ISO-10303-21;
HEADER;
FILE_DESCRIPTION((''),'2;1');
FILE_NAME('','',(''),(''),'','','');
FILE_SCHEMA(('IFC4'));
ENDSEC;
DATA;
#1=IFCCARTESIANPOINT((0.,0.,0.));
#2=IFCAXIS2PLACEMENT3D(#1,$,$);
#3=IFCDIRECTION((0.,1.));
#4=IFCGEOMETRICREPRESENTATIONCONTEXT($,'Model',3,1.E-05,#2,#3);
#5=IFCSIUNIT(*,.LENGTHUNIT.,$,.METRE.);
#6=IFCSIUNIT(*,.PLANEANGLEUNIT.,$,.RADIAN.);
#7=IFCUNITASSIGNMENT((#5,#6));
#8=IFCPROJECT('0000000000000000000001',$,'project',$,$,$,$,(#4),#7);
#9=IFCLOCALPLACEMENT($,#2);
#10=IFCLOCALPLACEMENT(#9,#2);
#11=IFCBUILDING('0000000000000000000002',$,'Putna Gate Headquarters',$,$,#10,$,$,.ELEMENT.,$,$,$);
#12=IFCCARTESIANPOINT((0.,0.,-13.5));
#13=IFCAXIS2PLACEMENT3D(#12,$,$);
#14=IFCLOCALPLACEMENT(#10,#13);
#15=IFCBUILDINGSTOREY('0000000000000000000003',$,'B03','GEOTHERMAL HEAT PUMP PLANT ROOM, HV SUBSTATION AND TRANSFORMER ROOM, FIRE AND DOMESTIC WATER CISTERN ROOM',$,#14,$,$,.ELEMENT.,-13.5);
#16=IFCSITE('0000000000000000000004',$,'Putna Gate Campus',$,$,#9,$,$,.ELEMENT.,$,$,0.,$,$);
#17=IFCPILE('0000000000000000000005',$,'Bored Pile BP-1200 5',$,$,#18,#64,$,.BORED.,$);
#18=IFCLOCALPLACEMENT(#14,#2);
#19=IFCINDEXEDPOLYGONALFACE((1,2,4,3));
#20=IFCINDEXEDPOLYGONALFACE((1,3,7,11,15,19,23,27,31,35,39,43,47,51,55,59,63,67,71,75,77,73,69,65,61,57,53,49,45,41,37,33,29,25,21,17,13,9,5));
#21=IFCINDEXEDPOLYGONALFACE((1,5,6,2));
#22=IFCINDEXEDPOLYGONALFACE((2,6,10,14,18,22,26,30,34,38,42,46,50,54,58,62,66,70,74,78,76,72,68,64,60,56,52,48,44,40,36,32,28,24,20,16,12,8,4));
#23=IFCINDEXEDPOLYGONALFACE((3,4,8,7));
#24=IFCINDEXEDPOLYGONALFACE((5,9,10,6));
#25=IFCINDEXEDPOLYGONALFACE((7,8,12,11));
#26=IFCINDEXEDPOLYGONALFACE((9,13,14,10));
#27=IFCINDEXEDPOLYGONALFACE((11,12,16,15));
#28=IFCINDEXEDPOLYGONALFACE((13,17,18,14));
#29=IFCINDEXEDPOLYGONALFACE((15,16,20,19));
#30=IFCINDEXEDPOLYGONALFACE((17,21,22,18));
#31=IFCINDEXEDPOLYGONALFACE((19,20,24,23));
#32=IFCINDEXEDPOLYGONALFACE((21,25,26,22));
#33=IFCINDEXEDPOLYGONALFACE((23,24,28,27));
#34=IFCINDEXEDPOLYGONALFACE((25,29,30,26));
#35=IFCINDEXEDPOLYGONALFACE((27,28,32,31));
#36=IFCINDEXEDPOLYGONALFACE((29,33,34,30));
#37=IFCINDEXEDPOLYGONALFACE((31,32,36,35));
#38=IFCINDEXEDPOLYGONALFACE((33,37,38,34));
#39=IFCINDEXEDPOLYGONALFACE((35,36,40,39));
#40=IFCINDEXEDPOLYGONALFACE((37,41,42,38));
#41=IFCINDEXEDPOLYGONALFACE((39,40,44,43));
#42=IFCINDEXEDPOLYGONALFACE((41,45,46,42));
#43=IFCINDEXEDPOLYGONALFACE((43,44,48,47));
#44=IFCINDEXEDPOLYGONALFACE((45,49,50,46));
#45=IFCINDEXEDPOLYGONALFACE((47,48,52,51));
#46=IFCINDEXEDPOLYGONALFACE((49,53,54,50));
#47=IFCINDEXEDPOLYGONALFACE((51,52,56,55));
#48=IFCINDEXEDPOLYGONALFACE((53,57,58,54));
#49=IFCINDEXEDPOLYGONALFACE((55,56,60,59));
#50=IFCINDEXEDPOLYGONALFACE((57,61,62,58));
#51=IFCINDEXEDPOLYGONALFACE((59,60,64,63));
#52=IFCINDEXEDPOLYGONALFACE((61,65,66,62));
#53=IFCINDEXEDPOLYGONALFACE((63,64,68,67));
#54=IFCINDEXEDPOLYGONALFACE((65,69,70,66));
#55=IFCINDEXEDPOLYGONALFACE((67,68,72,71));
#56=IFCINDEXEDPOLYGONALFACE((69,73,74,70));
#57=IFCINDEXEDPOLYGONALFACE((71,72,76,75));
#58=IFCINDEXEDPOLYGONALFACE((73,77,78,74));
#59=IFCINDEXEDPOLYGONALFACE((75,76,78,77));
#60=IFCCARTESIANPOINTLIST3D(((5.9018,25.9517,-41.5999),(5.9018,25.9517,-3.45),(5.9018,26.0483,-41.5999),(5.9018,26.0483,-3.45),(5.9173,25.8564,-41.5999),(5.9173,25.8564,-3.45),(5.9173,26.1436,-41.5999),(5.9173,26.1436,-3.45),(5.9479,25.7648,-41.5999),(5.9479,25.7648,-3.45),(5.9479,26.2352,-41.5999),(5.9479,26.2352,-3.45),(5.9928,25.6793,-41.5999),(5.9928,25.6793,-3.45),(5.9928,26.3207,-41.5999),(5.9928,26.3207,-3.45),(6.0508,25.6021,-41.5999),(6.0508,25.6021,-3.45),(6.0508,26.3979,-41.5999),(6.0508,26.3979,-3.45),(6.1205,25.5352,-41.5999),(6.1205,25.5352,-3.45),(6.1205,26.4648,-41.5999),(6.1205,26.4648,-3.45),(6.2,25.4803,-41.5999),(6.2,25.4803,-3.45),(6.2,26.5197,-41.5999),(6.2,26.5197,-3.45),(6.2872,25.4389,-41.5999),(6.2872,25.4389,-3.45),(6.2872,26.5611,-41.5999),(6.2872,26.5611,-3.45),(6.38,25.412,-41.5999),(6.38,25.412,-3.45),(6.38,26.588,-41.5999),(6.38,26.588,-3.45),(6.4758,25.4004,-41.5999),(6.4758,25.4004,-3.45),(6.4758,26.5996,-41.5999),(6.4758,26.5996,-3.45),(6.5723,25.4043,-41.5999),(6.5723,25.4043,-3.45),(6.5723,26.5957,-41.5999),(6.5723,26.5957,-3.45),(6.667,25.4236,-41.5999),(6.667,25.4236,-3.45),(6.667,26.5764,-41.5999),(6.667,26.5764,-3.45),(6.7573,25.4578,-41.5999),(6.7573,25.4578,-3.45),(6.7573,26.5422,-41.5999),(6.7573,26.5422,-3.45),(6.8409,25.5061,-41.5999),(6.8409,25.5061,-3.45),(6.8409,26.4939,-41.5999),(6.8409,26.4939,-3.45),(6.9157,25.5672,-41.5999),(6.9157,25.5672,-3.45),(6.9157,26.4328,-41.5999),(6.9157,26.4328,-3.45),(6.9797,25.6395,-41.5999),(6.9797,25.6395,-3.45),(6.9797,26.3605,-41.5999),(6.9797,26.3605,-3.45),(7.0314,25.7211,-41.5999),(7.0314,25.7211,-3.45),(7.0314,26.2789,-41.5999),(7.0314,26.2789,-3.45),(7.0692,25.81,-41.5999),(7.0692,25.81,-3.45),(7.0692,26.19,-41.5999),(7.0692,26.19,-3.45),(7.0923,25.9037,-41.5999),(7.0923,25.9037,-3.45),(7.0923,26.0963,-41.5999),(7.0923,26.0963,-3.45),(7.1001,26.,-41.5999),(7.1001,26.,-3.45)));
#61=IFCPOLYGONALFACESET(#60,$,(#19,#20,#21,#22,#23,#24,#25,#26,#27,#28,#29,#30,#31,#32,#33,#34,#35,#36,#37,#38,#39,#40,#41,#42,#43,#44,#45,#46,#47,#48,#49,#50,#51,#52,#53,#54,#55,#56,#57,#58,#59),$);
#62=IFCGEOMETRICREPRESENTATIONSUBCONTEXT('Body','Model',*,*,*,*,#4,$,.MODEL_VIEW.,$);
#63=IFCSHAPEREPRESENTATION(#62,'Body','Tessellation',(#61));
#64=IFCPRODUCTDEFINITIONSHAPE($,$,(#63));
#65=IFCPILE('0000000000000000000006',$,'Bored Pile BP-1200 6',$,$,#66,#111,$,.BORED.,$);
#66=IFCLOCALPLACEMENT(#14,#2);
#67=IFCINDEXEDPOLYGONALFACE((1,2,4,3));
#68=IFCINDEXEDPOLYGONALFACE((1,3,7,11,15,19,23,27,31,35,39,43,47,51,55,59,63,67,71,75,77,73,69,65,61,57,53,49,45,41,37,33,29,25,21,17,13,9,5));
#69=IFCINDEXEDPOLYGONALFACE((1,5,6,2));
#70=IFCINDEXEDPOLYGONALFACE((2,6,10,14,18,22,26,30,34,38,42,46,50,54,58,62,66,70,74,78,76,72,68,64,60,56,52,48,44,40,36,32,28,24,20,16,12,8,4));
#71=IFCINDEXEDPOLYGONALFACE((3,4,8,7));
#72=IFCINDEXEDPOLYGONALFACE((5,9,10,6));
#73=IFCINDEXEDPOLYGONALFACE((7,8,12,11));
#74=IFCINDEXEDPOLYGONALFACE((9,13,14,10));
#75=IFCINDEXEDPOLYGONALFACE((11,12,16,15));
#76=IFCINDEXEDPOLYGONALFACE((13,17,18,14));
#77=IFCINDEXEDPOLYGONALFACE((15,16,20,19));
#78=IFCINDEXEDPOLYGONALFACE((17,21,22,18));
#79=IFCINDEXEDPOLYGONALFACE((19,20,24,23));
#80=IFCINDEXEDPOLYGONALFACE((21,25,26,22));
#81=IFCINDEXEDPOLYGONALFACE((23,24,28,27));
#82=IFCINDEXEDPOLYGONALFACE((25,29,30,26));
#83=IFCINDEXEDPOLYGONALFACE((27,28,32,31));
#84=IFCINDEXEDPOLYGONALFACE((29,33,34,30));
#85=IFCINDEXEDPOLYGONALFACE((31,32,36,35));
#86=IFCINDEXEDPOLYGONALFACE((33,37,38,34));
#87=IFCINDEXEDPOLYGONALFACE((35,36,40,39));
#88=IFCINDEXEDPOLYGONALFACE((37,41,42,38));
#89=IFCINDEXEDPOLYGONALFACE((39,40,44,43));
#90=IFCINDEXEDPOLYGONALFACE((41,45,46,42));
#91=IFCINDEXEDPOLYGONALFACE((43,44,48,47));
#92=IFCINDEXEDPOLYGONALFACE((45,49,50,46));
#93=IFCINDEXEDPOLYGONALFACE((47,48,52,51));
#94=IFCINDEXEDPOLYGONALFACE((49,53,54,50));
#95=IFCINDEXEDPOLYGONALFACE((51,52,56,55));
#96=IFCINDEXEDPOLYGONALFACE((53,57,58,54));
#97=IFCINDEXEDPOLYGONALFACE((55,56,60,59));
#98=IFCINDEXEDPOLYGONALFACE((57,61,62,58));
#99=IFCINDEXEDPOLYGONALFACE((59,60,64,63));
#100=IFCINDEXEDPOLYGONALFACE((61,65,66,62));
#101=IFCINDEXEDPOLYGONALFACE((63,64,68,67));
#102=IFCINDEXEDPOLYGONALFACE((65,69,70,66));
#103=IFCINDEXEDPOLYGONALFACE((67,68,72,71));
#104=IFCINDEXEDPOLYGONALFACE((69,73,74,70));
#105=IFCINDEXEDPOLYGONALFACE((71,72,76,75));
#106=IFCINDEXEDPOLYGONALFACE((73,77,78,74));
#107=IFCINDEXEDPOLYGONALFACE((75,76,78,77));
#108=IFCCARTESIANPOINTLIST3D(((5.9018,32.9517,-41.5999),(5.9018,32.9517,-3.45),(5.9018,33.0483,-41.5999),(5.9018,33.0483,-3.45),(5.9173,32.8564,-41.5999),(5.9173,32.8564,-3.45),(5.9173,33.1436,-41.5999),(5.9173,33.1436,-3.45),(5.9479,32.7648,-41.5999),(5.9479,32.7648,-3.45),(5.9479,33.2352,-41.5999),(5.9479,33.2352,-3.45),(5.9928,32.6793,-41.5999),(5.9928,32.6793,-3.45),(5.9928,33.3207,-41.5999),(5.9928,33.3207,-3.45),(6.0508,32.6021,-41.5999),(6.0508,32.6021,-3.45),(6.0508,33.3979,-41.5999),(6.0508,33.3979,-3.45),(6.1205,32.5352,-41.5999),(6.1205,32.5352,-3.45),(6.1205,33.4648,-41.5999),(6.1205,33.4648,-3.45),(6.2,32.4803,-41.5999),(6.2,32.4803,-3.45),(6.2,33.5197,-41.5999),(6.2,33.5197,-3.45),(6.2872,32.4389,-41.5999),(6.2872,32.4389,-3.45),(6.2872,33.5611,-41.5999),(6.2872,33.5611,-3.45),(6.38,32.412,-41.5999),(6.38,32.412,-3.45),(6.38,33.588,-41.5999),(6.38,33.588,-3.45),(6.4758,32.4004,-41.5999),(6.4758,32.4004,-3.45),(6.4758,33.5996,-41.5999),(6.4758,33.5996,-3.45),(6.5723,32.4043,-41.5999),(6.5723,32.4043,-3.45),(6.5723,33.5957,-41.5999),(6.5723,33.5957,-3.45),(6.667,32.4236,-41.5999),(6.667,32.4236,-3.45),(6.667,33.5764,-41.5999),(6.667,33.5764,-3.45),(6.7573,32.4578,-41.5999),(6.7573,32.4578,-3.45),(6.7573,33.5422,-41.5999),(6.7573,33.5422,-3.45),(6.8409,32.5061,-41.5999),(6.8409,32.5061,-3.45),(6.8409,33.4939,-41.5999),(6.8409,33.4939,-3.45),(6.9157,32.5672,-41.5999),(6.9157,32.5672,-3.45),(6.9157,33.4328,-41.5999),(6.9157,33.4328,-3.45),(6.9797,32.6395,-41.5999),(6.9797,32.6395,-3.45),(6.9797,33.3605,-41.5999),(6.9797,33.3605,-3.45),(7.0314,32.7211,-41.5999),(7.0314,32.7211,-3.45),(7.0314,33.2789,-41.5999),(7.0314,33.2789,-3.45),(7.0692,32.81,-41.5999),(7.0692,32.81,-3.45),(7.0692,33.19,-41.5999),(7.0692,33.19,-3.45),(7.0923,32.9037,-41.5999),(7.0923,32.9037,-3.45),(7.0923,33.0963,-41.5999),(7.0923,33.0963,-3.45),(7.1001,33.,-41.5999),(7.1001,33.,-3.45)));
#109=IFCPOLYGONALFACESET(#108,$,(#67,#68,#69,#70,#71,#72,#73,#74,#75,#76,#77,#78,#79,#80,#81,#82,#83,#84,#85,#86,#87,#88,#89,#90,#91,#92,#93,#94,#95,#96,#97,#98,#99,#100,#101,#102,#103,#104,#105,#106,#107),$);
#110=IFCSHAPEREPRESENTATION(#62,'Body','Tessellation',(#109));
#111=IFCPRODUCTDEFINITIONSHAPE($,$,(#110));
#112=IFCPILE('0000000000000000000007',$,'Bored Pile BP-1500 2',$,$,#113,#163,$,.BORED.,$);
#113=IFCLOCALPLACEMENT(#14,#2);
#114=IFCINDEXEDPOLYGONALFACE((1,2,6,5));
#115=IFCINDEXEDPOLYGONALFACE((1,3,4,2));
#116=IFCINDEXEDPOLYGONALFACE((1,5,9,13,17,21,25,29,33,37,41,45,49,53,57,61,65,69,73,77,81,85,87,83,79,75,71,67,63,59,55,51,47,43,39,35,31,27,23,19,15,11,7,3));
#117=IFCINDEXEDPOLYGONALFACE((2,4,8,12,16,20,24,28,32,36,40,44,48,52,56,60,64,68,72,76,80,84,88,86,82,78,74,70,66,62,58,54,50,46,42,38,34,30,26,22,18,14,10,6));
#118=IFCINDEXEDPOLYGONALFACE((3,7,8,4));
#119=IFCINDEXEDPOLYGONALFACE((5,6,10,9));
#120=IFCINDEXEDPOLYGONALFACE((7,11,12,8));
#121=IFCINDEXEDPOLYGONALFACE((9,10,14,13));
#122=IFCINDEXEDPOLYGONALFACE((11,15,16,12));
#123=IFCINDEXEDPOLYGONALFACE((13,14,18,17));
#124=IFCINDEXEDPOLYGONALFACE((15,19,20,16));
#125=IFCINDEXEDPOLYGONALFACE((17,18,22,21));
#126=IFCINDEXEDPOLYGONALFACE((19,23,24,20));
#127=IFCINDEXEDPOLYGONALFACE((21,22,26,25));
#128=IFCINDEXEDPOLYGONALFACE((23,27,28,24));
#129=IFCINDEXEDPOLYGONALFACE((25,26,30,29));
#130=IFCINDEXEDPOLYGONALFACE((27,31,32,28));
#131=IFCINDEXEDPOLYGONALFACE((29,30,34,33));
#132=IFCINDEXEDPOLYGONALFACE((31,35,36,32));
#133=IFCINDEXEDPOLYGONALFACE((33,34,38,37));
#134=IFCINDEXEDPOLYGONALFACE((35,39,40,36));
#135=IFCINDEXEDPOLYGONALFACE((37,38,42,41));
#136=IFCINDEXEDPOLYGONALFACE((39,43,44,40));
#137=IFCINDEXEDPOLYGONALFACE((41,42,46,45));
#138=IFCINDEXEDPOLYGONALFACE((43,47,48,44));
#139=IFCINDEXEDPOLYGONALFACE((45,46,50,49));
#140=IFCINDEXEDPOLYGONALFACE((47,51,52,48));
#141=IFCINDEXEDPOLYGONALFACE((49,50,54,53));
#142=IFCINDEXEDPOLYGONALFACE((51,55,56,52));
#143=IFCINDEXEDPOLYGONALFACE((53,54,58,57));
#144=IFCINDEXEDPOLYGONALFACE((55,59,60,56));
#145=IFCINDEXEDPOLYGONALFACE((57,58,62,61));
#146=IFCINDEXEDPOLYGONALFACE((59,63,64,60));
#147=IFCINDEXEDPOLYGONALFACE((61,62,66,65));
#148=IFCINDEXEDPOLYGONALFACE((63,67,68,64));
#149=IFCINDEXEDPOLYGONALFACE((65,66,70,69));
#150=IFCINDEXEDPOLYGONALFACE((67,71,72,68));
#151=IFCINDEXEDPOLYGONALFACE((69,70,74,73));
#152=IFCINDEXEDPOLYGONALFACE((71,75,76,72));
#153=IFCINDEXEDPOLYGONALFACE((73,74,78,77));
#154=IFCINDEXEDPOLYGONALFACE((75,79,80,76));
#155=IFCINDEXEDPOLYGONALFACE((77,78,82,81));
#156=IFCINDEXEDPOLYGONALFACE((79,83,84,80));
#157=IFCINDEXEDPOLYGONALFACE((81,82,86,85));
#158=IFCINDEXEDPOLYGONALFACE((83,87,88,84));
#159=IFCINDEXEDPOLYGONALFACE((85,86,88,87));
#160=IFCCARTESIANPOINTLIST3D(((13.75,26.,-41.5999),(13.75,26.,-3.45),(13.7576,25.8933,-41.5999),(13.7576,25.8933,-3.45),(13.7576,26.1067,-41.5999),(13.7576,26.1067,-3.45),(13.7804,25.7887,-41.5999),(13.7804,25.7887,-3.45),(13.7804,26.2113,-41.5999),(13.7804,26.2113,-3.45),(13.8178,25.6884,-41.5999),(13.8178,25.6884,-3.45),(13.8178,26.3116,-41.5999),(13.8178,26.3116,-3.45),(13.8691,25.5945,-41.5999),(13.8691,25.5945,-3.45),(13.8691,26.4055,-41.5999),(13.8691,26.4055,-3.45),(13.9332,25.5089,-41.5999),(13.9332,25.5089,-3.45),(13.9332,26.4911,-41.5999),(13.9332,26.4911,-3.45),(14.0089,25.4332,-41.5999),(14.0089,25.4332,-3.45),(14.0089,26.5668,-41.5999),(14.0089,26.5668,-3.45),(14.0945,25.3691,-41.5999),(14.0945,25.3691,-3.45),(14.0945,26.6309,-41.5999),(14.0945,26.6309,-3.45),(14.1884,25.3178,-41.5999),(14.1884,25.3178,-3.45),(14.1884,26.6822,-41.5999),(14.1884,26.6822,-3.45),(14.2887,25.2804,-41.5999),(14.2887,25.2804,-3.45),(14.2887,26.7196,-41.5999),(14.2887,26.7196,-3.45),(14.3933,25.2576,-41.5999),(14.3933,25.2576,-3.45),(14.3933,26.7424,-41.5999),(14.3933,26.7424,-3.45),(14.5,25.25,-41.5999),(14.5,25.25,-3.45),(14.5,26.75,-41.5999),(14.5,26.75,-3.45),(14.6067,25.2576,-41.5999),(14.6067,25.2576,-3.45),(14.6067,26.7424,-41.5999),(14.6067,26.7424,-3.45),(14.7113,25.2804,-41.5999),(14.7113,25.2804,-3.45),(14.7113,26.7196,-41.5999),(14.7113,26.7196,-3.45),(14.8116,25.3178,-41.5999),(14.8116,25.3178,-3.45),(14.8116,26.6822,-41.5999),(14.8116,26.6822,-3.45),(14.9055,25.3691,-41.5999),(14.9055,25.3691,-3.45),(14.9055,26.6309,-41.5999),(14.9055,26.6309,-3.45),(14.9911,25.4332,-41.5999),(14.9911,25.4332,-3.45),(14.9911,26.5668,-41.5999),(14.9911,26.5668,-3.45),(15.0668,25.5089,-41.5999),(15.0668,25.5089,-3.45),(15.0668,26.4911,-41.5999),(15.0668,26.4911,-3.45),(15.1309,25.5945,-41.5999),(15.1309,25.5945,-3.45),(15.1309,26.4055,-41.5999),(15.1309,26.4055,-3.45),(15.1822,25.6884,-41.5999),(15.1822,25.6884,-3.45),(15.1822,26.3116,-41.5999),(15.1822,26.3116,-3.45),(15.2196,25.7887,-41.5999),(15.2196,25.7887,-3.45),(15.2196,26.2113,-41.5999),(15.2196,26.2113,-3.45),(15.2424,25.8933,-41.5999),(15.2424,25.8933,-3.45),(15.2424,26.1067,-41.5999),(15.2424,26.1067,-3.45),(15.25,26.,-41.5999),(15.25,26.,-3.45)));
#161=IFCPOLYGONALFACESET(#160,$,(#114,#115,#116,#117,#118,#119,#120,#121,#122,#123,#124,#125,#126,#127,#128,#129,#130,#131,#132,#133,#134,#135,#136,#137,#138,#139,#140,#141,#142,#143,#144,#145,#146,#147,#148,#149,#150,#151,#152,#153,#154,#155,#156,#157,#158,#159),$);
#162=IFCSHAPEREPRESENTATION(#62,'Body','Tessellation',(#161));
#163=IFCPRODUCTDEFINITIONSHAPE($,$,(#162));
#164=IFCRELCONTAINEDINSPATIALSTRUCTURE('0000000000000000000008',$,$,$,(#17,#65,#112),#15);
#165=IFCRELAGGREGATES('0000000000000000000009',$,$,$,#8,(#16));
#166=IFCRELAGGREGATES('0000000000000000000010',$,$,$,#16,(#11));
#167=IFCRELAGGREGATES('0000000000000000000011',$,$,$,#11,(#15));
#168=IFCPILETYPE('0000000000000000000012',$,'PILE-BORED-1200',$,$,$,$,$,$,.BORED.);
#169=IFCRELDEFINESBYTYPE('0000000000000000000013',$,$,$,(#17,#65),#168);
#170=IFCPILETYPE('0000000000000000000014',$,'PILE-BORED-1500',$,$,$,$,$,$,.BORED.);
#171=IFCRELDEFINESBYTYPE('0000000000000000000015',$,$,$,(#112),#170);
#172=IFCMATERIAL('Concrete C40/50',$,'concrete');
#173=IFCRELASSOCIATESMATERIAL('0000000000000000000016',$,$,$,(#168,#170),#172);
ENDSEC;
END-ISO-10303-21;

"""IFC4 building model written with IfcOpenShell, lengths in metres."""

from ifc_helpers import new_model, si_unit, direction, frame, origin, origin_2d, place, context, subcontext, project, spatial, circle, extrude, material, material_profile, profile_set, type_object, element, save


model = new_model("IFC4")

# Units and contexts
model_context = context("Model", 3, precision=1e-05, world=origin(), true_north=direction((0.0, 1.0)))
body_context = subcontext(model_context, "Body", "Model", "MODEL_VIEW")
ifc_project = project(units=[si_unit("LENGTHUNIT", "METRE"), si_unit("PLANEANGLEUNIT", "RADIAN")], contexts=[model_context])

# Site, building, storey
site_placement = place(None, origin())
site = spatial("IfcSite", under=ifc_project, at=site_placement, Name="Putna Gate Campus", CompositionType="ELEMENT", RefElevation=0.0)
building_placement = place(site_placement, origin())
building = spatial("IfcBuilding", under=site, at=building_placement, Name="Putna Gate Headquarters", CompositionType="ELEMENT")
storey_placement = place(building_placement, frame((0.0, 0.0, -13.5)))
storey = spatial("IfcBuildingStorey", under=building, at=storey_placement, Name="B03", Description="GEOTHERMAL HEAT PUMP PLANT ROOM, HV SUBSTATION AND TRANSFORMER ROOM, FIRE AND DOMESTIC WATER CISTERN ROOM", CompositionType="ELEMENT", Elevation=-13.5)

# Piles
ifc_material_1 = material(Name="Concrete C40/50", Category="concrete")
ifc_material_profile_1 = material_profile(ifc_material_1, circle(Radius=0.6001, at=origin_2d()), Name="Concrete C40/50")
ifc_profile_set_1 = profile_set([ifc_material_profile_1], Name="Concrete C40/50")
pile_type_1 = type_object("IfcPileType", Name="PILE-BORED-1200", PredefinedType="BORED", material=ifc_profile_set_1)
for number, where, z_axis, x_axis, name in (
    (1, (6.5, 26.0, -3.45), (0.0, 0.0, -1.0), (1.0, 0.0, 0.0), "Bored Pile BP-1200 5"),
    (2, (6.5, 33.0, -3.45), (0.0, 0.0, -1.0), (1.0, 0.0, 0.0), "Bored Pile BP-1200 6"),
):
    element("IfcPile", number, at=place(storey_placement, frame(where, z_axis=z_axis, x_axis=x_axis)), inside=storey, type_object=pile_type_1, Name=name, PredefinedType="BORED", context=body_context, shape_type="SweptSolid", body=[
        extrude(circle(Radius=0.6001, at=origin_2d()), origin(), (0.0, 0.0, 1.0), 38.1499),
    ])
ifc_material_profile_2 = material_profile(ifc_material_1, circle(Radius=0.75, at=origin_2d()), Name="Concrete C40/50")
ifc_profile_set_2 = profile_set([ifc_material_profile_2], Name="Concrete C40/50")
pile_type_2 = type_object("IfcPileType", Name="PILE-BORED-1500", PredefinedType="BORED", material=ifc_profile_set_2)
for number, where, z_axis, x_axis, name in (
    (3, (14.5, 26.0, -3.45), (0.0, 0.0, -1.0), (1.0, 0.0, 0.0), "Bored Pile BP-1500 2"),
):
    element("IfcPile", number, at=place(storey_placement, frame(where, z_axis=z_axis, x_axis=x_axis)), inside=storey, type_object=pile_type_2, Name=name, PredefinedType="BORED", context=body_context, shape_type="SweptSolid", body=[
        extrude(circle(Radius=0.75, at=origin_2d()), origin(), (0.0, 0.0, 1.0), 38.1499),
    ])

save(model, "model.ifc")
